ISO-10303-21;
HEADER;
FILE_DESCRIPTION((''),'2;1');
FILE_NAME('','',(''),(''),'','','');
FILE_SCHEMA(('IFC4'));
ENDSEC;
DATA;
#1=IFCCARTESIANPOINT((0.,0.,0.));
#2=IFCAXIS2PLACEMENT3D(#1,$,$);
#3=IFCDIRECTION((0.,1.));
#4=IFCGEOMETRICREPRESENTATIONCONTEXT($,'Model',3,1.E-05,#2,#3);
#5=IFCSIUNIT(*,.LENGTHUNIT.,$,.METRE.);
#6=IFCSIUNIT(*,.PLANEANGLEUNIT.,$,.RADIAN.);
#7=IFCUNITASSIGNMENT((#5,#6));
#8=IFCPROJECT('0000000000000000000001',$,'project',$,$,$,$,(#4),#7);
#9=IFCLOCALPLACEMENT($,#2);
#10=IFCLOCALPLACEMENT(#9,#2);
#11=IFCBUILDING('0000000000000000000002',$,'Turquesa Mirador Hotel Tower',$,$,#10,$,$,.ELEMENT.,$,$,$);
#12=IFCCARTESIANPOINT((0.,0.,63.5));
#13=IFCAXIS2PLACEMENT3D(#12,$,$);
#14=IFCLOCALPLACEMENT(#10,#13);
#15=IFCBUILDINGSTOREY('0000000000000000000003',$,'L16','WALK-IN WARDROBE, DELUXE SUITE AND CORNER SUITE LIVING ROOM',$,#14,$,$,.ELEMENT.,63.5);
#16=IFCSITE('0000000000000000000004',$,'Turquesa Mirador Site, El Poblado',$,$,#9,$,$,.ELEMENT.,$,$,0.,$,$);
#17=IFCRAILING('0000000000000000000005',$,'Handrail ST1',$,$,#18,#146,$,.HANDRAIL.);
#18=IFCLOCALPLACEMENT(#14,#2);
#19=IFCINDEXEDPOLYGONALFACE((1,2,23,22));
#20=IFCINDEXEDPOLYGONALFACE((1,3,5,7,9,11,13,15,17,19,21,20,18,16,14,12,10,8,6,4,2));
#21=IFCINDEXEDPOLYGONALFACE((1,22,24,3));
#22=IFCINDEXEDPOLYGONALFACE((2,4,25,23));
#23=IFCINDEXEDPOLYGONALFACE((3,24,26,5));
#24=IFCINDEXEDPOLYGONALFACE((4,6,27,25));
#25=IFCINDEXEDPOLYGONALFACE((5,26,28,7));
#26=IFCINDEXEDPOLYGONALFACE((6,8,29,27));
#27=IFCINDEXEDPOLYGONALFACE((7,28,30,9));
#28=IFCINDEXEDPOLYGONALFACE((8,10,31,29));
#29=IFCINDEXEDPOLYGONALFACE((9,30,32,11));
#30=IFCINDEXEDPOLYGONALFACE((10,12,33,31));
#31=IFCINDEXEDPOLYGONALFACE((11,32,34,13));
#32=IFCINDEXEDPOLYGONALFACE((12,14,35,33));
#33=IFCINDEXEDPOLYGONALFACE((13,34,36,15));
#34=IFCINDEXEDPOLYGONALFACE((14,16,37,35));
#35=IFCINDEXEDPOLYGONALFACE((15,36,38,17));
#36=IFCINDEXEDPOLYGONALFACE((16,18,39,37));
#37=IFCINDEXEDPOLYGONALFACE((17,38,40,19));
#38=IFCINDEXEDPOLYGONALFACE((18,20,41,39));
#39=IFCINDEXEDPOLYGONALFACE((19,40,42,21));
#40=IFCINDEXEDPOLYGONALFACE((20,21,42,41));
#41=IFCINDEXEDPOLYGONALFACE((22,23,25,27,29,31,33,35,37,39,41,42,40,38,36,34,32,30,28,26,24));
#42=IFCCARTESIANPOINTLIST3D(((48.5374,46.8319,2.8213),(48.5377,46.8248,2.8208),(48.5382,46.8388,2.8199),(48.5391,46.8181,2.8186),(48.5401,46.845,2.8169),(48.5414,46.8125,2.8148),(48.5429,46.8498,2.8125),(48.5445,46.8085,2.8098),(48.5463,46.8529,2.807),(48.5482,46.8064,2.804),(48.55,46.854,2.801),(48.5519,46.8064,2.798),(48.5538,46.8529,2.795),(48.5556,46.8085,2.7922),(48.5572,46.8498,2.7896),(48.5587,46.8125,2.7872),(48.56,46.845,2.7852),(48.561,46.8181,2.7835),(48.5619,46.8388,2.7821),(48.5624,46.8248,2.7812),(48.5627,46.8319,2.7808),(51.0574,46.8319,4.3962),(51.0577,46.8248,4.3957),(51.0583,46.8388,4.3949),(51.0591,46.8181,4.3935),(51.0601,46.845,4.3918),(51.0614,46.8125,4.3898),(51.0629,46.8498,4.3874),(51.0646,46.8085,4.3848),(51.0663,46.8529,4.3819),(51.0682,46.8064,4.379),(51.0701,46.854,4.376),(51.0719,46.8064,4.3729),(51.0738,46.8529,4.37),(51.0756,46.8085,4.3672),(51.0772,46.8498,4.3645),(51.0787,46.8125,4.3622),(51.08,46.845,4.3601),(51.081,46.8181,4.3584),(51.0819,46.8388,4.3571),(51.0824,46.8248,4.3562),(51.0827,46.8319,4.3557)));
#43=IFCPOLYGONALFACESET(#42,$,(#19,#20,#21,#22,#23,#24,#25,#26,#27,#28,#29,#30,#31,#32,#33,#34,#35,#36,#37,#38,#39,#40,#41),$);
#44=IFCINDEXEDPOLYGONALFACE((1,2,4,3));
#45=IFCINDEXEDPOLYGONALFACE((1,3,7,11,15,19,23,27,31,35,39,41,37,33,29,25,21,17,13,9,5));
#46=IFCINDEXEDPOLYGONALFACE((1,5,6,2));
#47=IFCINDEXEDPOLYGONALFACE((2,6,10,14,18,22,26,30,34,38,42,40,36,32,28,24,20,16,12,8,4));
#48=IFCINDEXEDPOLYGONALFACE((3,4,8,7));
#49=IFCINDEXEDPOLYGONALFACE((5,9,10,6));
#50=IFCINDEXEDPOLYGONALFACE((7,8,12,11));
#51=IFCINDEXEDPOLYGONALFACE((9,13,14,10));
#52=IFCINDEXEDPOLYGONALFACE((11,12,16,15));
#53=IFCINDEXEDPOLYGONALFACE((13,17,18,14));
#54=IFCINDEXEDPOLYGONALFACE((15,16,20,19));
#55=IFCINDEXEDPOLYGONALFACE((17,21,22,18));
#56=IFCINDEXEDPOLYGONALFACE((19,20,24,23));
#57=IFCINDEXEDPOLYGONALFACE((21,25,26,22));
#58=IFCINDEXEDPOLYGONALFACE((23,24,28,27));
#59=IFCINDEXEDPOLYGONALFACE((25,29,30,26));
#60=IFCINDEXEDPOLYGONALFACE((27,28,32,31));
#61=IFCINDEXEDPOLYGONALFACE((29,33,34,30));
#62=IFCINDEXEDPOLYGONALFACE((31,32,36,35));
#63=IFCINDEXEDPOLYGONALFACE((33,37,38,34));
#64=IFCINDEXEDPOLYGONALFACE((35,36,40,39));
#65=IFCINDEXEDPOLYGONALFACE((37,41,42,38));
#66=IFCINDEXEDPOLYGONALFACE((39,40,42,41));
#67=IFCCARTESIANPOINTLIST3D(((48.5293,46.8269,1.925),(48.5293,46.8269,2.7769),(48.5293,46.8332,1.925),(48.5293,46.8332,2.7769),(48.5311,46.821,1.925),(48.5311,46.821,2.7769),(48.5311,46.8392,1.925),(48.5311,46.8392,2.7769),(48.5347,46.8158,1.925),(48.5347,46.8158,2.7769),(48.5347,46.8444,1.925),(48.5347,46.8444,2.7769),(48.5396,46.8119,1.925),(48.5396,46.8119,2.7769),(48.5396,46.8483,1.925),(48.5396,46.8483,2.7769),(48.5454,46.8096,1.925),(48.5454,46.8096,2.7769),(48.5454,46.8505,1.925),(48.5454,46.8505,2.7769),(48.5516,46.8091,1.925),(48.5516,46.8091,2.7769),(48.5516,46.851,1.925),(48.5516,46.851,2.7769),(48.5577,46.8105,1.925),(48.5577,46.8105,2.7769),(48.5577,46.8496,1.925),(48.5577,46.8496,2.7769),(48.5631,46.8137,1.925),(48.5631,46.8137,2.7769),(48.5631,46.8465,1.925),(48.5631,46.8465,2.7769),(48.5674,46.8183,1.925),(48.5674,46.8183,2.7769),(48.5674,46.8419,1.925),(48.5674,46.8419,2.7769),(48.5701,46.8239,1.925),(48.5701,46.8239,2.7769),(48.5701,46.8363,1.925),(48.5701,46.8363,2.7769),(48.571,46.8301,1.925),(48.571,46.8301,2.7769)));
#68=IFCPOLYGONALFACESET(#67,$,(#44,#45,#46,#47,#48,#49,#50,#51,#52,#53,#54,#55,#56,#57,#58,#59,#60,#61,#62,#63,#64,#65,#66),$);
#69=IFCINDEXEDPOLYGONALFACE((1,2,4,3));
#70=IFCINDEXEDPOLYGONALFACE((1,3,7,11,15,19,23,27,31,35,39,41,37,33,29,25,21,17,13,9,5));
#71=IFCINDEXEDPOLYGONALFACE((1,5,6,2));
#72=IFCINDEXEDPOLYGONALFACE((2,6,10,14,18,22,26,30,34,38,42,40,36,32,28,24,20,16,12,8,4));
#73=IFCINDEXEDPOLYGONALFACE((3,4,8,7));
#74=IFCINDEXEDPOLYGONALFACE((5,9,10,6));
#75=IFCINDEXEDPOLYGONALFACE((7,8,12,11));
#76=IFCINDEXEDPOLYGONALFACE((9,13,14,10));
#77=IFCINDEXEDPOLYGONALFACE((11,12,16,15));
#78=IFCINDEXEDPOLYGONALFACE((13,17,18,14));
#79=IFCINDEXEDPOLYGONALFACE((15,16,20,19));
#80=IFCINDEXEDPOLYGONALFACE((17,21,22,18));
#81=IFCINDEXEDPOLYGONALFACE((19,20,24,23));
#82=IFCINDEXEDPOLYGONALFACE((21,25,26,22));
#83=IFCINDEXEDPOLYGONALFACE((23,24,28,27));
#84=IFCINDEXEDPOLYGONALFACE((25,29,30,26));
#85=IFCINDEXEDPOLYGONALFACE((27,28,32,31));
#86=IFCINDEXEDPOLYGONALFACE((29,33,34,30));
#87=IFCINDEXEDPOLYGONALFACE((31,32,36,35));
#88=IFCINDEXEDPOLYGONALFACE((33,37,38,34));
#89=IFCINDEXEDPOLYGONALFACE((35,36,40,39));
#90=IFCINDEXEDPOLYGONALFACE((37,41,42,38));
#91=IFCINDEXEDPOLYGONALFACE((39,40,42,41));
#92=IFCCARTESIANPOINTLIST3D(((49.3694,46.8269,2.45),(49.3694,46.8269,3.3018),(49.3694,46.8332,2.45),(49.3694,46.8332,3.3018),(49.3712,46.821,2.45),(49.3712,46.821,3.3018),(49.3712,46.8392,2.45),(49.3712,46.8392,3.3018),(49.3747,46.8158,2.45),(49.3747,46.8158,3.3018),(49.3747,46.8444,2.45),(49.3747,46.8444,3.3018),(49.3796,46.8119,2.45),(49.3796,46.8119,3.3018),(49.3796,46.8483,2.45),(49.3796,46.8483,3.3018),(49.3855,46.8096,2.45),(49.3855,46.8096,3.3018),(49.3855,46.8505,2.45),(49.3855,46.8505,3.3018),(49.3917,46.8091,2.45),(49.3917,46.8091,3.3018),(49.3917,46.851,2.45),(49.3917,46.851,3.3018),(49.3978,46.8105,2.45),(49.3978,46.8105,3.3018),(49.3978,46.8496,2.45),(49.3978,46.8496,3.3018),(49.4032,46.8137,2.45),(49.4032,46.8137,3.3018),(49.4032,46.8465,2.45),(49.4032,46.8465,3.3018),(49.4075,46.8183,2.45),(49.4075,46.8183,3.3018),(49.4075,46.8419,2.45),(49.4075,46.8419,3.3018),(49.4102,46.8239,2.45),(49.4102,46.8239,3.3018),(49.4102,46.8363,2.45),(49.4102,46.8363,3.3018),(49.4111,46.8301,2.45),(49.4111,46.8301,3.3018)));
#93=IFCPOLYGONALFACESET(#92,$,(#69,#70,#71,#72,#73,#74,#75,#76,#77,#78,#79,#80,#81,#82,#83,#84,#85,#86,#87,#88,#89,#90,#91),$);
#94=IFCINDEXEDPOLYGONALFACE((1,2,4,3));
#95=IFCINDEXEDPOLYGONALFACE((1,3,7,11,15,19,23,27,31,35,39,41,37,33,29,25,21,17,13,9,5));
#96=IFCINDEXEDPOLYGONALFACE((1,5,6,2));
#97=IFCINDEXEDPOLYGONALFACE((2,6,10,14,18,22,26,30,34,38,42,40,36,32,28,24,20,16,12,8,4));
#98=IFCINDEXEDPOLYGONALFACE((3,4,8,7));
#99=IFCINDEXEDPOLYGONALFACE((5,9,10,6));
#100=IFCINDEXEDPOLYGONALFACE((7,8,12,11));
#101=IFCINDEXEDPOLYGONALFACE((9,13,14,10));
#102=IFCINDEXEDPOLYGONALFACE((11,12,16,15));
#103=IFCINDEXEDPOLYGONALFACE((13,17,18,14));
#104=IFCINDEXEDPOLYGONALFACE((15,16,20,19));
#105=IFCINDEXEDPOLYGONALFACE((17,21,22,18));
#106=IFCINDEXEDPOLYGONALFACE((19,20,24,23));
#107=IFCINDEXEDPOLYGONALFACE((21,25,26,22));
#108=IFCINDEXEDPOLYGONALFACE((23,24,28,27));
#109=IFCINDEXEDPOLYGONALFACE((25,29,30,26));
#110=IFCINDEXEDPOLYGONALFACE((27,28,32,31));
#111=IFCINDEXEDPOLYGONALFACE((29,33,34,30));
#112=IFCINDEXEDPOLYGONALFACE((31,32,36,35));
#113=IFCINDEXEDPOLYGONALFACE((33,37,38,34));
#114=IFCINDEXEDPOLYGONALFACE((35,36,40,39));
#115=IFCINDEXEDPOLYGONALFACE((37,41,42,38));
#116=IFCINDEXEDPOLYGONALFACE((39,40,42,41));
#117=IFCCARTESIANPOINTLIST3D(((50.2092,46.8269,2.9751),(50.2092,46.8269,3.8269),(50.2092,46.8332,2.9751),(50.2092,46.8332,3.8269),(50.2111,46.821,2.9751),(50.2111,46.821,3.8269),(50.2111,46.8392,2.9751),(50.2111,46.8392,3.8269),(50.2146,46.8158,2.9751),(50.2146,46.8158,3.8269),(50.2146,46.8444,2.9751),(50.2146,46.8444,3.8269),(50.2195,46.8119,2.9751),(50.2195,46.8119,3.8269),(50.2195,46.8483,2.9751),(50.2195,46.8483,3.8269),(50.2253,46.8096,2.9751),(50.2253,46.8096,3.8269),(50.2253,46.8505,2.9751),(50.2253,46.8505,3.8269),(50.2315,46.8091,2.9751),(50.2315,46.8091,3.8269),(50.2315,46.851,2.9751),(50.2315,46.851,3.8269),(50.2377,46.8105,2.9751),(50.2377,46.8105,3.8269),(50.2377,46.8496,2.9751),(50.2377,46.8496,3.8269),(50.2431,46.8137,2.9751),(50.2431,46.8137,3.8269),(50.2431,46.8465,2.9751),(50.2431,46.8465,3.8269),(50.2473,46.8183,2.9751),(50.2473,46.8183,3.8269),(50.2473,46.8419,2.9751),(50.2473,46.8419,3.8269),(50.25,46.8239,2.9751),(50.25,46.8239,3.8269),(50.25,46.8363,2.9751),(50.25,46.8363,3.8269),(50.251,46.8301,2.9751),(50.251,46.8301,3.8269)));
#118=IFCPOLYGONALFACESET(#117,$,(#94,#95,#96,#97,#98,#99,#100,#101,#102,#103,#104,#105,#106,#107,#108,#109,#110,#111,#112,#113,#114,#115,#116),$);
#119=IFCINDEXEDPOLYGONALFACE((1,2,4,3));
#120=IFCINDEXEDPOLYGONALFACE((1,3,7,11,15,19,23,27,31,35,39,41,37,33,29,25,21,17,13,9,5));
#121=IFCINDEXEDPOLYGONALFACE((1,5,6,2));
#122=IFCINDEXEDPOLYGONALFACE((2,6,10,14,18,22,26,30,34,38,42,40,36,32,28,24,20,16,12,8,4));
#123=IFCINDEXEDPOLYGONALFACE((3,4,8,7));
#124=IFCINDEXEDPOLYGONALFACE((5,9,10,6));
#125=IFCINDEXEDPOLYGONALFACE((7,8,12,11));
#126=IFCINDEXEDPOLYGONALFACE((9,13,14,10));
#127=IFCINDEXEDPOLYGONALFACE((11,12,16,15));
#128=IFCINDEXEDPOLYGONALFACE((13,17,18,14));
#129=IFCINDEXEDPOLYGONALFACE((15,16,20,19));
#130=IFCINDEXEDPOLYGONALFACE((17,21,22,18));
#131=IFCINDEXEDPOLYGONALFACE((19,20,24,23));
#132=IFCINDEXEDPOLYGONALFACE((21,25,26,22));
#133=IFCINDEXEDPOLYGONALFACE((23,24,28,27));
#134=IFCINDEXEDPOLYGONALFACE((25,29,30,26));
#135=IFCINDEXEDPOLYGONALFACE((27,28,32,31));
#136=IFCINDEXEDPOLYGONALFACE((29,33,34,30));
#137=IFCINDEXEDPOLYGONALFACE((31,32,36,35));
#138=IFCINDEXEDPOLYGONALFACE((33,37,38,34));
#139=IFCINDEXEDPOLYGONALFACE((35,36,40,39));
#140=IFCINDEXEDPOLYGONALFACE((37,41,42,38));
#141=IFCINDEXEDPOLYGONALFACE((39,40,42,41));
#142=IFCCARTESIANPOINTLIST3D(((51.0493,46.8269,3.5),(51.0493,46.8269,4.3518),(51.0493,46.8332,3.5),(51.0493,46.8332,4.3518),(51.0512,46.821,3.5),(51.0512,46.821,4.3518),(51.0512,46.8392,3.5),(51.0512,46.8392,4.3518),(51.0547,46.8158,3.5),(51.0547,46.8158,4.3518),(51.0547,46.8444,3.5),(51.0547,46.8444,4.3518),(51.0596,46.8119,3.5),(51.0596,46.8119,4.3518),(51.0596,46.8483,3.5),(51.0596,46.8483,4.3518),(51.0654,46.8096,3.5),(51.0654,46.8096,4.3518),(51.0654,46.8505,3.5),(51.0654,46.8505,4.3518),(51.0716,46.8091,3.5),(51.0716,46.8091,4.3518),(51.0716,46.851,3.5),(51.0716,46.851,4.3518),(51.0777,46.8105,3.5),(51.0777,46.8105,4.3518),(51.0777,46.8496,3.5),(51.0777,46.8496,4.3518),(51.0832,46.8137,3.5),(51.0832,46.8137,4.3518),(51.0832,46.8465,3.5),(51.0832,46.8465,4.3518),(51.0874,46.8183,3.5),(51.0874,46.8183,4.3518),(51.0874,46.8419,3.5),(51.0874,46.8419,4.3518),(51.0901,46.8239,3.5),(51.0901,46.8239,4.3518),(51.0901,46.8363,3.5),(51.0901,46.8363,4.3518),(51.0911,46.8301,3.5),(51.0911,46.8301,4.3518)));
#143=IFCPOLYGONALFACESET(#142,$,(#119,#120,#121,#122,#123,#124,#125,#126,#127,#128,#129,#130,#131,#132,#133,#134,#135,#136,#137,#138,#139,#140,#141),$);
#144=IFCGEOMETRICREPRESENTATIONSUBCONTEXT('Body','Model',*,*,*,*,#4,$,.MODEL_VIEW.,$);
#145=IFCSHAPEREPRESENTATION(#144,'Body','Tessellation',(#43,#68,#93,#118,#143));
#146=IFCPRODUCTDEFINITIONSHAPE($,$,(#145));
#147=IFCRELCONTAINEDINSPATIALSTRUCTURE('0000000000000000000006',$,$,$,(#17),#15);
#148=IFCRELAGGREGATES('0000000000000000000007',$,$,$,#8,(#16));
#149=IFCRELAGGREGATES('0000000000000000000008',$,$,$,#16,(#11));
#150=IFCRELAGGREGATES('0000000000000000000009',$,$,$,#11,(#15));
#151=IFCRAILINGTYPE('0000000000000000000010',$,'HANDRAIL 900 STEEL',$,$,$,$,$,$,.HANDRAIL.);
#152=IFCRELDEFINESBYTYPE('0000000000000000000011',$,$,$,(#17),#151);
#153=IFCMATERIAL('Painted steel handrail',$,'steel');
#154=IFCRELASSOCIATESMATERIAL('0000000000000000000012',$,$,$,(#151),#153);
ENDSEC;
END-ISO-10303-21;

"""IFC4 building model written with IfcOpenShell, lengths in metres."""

from ifc_helpers import new_model, si_unit, direction, frame, origin, origin_2d, place, context, subcontext, project, spatial, circle, extrude, material, type_object, element, save


model = new_model("IFC4")

# Units and contexts
model_context = context("Model", 3, precision=1e-05, world=origin(), true_north=direction((0.0, 1.0)))
body_context = subcontext(model_context, "Body", "Model", "MODEL_VIEW")
ifc_project = project(units=[si_unit("LENGTHUNIT", "METRE"), si_unit("PLANEANGLEUNIT", "RADIAN")], contexts=[model_context])

# Site, building, storey
site_placement = place(None, origin())
site = spatial("IfcSite", under=ifc_project, at=site_placement, Name="Turquesa Mirador Site, El Poblado", CompositionType="ELEMENT", RefElevation=0.0)
building_placement = place(site_placement, origin())
building = spatial("IfcBuilding", under=site, at=building_placement, Name="Turquesa Mirador Hotel Tower", CompositionType="ELEMENT")
storey_placement = place(building_placement, frame((0.0, 0.0, 63.5)))
storey = spatial("IfcBuildingStorey", under=building, at=storey_placement, Name="L16", Description="WALK-IN WARDROBE, DELUXE SUITE AND CORNER SUITE LIVING ROOM", CompositionType="ELEMENT", Elevation=63.5)

# Railing
ifc_material_1 = material(Name="Painted steel handrail", Category="steel")
railing_type = type_object("IfcRailingType", Name="HANDRAIL 900 STEEL", PredefinedType="HANDRAIL", material=ifc_material_1)
for number, where, name in (
    (1, (48.55, 46.8301, 1.925), "Handrail ST1"),
):
    element("IfcRailing", number, at=place(storey_placement, frame(where)), inside=storey, type_object=railing_type, Name=name, PredefinedType="HANDRAIL", context=body_context, shape_type="SweptSolid", body=[
        extrude(circle(Radius=0.0239, at=origin_2d()), frame((0.0, 0.0, 0.876), z_axis=(0.848008, 0.0, 0.529984), x_axis=(0.0, 1.0, 0.0)), (0.0, 0.0, 1.0), 2.9717),
        extrude(circle(Radius=0.021, at=origin_2d()), origin(), (0.0, 0.0, 1.0), 0.8518),
        extrude(circle(Radius=0.021, at=origin_2d()), frame((0.8401, 0.0, 0.5249)), (0.0, 0.0, 1.0), 0.8518),
        extrude(circle(Radius=0.021, at=origin_2d()), frame((1.6799, 0.0, 1.05)), (0.0, 0.0, 1.0), 0.8518),
        extrude(circle(Radius=0.021, at=origin_2d()), frame((2.52, 0.0, 1.575)), (0.0, 0.0, 1.0), 0.8518),
    ])

save(model, "model.ifc")
